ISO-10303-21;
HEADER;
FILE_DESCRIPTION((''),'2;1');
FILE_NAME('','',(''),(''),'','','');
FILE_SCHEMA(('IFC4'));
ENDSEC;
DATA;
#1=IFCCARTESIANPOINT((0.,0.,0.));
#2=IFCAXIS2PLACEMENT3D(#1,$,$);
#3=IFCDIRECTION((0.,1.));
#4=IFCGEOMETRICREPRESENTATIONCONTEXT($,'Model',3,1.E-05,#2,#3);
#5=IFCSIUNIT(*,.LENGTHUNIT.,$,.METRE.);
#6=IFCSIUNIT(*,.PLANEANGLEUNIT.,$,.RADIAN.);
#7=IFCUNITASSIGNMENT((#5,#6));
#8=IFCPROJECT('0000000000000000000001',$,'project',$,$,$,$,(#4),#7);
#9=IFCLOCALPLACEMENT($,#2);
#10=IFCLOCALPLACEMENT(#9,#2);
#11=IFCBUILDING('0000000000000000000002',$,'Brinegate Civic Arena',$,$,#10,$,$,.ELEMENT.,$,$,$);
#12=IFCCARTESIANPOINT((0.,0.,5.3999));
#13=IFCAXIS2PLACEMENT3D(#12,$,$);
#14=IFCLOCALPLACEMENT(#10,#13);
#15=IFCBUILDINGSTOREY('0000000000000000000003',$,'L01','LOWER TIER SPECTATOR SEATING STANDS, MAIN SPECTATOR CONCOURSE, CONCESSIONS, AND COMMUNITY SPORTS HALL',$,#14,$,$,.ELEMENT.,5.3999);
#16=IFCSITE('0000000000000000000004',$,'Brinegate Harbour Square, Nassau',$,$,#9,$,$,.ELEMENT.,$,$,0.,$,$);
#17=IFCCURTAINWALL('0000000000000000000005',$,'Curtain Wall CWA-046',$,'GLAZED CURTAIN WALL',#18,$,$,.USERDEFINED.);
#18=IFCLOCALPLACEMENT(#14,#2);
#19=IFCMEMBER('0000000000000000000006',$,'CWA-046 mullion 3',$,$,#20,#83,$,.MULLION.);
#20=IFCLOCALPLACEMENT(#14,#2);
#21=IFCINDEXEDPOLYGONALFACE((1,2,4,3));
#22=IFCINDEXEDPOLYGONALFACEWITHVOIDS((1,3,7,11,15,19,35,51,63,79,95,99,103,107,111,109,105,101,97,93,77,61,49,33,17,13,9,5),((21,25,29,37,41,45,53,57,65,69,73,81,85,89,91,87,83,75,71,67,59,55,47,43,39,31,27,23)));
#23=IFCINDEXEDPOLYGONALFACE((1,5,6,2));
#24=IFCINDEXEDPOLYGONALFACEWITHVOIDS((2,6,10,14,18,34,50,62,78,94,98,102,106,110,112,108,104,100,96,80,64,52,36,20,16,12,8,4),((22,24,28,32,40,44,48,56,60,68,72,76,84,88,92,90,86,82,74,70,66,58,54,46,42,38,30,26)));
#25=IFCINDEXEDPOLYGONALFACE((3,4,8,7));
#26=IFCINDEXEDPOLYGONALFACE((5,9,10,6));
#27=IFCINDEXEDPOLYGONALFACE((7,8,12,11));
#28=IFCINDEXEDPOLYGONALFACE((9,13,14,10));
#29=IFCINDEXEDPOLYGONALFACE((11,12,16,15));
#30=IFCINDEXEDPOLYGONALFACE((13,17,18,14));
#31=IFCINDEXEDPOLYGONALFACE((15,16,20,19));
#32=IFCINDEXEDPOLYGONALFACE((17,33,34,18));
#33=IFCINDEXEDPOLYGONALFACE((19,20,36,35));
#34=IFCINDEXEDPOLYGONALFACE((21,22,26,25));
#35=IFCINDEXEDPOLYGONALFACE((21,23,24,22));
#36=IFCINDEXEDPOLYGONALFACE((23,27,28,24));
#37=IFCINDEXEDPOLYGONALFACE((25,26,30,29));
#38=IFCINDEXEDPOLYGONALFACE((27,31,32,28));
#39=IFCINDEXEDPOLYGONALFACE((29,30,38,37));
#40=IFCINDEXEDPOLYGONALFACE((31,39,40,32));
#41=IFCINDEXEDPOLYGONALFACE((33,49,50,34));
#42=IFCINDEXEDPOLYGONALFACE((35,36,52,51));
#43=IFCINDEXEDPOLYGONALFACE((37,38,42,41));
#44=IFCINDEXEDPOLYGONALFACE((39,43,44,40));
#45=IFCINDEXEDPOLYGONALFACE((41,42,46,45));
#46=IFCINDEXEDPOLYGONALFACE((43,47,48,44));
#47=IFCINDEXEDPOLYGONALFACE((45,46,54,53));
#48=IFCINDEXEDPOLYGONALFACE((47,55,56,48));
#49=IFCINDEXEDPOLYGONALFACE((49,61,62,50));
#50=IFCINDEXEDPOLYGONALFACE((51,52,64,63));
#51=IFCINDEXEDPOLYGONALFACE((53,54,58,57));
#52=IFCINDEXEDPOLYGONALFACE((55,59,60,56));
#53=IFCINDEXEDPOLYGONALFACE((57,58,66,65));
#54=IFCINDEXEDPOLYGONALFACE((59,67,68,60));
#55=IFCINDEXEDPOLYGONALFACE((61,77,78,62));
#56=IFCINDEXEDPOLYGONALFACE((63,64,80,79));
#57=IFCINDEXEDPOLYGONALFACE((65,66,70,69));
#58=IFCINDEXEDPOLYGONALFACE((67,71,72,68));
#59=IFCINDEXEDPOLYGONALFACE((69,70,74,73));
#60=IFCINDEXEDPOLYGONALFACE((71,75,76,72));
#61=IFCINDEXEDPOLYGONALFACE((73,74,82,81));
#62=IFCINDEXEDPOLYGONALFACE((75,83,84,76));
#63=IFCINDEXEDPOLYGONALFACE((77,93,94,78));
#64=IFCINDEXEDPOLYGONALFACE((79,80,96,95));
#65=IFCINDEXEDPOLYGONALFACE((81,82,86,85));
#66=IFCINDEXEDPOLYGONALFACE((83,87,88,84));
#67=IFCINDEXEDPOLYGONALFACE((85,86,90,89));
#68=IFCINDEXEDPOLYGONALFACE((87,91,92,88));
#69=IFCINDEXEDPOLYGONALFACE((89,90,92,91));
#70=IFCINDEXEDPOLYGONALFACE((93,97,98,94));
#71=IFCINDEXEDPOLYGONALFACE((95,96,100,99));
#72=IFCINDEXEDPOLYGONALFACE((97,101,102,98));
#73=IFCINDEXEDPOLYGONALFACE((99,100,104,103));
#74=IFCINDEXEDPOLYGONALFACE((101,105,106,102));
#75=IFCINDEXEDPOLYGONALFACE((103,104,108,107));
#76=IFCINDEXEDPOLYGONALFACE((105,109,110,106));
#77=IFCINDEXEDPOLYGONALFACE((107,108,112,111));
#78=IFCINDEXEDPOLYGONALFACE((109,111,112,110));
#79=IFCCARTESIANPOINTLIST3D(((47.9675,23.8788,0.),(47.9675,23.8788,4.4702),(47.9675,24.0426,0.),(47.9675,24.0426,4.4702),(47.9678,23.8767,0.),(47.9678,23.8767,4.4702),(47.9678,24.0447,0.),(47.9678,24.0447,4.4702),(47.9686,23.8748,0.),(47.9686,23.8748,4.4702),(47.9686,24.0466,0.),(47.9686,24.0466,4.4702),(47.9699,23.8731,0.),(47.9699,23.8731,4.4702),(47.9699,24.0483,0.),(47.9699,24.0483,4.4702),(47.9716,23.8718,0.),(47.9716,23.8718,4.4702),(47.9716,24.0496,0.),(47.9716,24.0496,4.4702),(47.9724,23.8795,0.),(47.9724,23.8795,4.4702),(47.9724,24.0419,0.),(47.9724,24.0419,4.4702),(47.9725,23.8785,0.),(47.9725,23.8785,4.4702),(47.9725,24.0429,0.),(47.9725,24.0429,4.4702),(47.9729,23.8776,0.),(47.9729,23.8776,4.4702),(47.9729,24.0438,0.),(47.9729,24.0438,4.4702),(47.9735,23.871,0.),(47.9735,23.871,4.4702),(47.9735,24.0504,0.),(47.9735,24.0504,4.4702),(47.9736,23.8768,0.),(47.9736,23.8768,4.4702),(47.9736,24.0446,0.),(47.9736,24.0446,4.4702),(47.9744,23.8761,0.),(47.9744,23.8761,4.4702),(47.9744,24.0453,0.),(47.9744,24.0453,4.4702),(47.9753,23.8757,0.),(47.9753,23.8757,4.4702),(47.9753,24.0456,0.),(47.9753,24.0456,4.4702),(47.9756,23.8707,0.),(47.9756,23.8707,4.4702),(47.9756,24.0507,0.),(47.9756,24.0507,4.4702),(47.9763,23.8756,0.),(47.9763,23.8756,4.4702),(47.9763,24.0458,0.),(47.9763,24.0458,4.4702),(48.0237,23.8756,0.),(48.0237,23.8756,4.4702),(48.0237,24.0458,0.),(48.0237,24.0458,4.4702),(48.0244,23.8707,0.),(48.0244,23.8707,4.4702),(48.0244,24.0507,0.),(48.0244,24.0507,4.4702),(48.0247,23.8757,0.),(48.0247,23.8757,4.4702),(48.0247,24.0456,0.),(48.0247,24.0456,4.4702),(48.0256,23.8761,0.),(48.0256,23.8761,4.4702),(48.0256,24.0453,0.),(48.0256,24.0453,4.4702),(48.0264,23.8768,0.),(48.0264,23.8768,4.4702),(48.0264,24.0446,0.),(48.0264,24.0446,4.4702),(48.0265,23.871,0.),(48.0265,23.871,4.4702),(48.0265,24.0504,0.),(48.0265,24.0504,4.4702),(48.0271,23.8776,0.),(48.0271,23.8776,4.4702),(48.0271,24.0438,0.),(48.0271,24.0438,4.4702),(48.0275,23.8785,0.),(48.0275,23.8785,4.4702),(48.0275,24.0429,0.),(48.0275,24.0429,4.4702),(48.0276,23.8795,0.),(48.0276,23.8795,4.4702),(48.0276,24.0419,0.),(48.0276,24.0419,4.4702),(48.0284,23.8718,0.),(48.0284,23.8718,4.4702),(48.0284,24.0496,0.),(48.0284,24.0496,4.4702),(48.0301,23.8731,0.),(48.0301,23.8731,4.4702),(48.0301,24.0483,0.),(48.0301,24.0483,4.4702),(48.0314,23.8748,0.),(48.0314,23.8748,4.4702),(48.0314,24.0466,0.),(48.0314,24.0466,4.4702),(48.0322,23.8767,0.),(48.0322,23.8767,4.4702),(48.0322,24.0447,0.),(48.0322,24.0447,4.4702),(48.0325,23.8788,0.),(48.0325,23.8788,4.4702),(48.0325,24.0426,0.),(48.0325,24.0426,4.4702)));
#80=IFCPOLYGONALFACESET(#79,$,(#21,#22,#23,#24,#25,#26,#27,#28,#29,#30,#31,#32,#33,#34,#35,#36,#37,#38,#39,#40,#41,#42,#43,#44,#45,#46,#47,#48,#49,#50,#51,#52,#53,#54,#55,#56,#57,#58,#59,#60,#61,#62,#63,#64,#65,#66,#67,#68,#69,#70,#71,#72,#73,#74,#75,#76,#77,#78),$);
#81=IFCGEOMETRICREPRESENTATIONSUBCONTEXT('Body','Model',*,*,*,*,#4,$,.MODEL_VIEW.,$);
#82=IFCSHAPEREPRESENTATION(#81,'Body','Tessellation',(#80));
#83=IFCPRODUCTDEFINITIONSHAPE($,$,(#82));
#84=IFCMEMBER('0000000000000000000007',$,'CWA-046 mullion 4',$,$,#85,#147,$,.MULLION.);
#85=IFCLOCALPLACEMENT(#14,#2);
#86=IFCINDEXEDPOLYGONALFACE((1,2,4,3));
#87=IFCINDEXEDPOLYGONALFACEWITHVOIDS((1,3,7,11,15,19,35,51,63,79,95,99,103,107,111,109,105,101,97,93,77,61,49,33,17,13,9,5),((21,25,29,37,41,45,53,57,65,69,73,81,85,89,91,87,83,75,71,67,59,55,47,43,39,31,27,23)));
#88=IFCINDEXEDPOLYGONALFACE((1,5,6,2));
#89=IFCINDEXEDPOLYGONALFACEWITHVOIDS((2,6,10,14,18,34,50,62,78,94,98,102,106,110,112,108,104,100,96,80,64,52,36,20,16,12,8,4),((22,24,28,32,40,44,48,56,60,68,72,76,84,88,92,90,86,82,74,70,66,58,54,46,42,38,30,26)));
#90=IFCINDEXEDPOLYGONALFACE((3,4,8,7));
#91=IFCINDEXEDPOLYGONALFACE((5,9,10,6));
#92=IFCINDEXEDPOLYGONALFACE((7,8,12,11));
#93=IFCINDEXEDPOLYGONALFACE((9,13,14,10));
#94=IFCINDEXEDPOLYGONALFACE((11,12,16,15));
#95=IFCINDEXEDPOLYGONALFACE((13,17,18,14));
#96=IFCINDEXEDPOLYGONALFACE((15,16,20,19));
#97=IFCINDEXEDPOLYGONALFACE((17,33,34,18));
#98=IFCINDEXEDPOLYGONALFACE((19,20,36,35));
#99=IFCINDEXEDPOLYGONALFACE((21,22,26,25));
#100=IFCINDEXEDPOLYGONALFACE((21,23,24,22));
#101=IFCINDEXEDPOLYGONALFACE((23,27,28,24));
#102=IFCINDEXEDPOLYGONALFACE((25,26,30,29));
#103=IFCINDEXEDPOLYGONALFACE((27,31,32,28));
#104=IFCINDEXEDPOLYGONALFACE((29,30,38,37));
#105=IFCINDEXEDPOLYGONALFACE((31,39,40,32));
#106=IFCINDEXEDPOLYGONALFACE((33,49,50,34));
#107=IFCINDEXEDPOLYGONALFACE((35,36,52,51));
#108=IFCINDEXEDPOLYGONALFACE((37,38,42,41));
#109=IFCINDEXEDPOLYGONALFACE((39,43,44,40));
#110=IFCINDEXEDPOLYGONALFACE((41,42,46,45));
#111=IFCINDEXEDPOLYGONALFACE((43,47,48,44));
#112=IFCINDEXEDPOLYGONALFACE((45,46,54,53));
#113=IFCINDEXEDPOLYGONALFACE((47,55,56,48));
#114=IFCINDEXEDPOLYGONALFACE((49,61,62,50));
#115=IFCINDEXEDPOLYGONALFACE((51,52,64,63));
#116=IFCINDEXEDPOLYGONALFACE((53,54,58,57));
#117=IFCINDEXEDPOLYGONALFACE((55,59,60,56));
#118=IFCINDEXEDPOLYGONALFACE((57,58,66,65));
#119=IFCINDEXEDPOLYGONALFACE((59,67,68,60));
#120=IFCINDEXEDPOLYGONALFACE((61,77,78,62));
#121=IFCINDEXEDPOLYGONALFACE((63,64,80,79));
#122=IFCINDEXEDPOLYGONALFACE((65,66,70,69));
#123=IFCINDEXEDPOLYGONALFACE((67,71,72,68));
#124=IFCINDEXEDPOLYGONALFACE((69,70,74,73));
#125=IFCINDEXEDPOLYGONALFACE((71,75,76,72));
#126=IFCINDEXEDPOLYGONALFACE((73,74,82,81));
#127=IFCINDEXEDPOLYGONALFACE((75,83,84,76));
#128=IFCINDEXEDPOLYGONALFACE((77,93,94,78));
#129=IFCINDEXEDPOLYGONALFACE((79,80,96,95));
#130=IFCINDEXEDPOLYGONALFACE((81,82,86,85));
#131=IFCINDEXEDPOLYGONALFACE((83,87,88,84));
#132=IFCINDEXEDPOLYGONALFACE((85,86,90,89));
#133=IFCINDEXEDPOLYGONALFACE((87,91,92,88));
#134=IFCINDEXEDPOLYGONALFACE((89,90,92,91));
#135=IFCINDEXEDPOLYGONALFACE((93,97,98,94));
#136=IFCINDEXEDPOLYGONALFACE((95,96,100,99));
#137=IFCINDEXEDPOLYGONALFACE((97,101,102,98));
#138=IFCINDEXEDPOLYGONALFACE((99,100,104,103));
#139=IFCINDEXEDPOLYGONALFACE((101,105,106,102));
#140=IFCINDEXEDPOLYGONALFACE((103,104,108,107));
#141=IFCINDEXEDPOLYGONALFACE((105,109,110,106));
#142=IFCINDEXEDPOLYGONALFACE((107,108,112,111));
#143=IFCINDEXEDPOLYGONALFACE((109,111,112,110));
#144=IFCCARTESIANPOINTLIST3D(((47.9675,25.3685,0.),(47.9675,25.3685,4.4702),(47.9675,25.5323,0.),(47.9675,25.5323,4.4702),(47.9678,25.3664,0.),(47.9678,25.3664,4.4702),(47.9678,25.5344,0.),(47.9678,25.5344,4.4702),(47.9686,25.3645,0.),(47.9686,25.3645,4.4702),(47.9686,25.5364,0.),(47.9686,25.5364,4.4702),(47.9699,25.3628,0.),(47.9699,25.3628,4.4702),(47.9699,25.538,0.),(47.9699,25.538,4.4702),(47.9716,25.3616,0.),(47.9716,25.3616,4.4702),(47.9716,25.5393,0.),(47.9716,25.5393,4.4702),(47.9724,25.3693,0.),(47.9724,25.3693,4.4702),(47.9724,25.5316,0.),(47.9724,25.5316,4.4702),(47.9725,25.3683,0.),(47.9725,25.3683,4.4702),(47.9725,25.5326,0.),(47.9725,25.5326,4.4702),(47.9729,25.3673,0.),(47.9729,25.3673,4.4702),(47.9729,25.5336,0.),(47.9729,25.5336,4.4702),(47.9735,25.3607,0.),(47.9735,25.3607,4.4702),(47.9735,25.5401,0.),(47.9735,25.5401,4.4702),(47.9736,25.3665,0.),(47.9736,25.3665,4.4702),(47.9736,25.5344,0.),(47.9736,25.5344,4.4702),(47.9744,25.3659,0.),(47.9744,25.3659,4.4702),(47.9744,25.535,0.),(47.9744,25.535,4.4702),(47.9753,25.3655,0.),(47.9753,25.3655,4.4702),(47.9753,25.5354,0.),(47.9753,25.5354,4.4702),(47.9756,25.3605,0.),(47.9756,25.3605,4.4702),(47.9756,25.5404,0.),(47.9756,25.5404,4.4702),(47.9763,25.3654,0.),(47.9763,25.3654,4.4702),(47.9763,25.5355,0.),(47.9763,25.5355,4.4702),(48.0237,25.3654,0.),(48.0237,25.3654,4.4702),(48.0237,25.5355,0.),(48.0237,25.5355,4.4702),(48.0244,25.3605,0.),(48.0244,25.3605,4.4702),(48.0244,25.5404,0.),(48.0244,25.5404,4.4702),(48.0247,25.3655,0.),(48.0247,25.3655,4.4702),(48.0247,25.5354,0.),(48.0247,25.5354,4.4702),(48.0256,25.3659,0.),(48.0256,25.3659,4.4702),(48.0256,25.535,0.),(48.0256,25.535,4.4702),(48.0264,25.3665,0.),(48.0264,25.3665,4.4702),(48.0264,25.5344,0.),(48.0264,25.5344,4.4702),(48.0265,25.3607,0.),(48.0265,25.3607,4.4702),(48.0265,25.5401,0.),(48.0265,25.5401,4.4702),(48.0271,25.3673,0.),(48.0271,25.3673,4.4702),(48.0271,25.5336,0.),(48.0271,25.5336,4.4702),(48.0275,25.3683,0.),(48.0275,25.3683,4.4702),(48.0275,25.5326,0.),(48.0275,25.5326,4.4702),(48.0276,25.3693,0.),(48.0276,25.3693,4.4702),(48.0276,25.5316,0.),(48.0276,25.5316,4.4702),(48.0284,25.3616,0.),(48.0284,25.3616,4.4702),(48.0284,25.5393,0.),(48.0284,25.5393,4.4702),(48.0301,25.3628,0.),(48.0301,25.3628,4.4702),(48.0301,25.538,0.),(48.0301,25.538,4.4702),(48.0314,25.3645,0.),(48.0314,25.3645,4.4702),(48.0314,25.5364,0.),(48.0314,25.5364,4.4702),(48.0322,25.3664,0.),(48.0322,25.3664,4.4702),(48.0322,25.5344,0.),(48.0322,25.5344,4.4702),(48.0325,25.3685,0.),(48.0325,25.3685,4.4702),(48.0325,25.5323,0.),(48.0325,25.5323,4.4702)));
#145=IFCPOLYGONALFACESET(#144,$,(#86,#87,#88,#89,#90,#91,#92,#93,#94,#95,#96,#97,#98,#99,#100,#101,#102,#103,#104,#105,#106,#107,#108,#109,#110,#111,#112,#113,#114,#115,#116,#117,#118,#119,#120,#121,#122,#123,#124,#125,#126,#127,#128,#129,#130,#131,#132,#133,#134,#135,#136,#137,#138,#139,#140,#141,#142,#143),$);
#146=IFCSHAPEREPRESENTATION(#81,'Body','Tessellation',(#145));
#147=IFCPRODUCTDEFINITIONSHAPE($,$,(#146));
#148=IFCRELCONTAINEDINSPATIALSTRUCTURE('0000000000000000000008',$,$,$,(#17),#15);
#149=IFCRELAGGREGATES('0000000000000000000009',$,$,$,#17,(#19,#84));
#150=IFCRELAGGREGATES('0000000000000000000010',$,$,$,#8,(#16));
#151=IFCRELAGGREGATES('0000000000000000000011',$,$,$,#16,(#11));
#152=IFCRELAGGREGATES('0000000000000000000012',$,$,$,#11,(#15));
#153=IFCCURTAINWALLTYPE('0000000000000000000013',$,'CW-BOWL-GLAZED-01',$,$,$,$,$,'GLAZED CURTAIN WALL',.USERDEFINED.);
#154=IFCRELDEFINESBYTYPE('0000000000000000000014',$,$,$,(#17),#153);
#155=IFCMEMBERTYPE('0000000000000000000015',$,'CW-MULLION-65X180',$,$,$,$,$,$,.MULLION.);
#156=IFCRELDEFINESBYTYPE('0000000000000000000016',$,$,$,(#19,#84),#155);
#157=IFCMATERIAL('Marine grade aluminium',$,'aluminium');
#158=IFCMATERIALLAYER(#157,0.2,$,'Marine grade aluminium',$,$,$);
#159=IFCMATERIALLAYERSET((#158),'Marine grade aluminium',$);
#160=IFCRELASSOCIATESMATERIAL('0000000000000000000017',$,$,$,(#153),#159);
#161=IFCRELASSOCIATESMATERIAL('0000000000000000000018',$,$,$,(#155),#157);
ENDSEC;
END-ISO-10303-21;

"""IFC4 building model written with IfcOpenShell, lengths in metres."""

from ifc_helpers import new_model, si_unit, direction, frame, origin, origin_2d, place, context, subcontext, project, spatial, hollow_rectangle, extrude, material, layer, layer_set, material_profile, profile_set, type_object, element, aggregate, save


model = new_model("IFC4")

# Units and contexts
model_context = context("Model", 3, precision=1e-05, world=origin(), true_north=direction((0.0, 1.0)))
body_context = subcontext(model_context, "Body", "Model", "MODEL_VIEW")
ifc_project = project(units=[si_unit("LENGTHUNIT", "METRE"), si_unit("PLANEANGLEUNIT", "RADIAN")], contexts=[model_context])

# Site, building, storey
site_placement = place(None, origin())
site = spatial("IfcSite", under=ifc_project, at=site_placement, Name="Brinegate Harbour Square, Nassau", CompositionType="ELEMENT", RefElevation=0.0)
building_placement = place(site_placement, origin())
building = spatial("IfcBuilding", under=site, at=building_placement, Name="Brinegate Civic Arena", CompositionType="ELEMENT")
storey_placement = place(building_placement, frame((0.0, 0.0, 5.3999)))
storey = spatial("IfcBuildingStorey", under=building, at=storey_placement, Name="L01", Description="LOWER TIER SPECTATOR SEATING STANDS, MAIN SPECTATOR CONCOURSE, CONCESSIONS, AND COMMUNITY SPORTS HALL", CompositionType="ELEMENT", Elevation=5.3999)

# Curtain wall, members
ifc_material_1 = material(Name="Marine grade aluminium", Category="aluminium")
ifc_layer_1 = layer(ifc_material_1, 0.2, Name="Marine grade aluminium")
ifc_layer_set_1 = layer_set([ifc_layer_1], Name="Marine grade aluminium")
curtain_wall_type = type_object("IfcCurtainWallType", Name="CW-BOWL-GLAZED-01", ElementType="GLAZED CURTAIN WALL", PredefinedType="USERDEFINED", material=ifc_layer_set_1)
curtain_wall_placement = place(storey_placement, origin())
curtain_wall = element("IfcCurtainWall", 1, at=curtain_wall_placement, inside=storey, type_object=curtain_wall_type, Name="Curtain Wall CWA-046", ObjectType="GLAZED CURTAIN WALL", PredefinedType="USERDEFINED")
ifc_material_profile_1 = material_profile(ifc_material_1, hollow_rectangle(XDim=0.0649, YDim=0.1799, WallThickness=0.0049, InnerFilletRadius=0.0039, OuterFilletRadius=0.0081, at=origin_2d()), Name="MUL65X180")
ifc_profile_set_1 = profile_set([ifc_material_profile_1], Name="Marine grade aluminium")
member_type_1 = type_object("IfcMemberType", Name="CW-MULLION-65X180", PredefinedType="MULLION", material=ifc_profile_set_1)
member_1_placement = place(storey_placement, frame((48.0, 23.9607, 0.0), z_axis=(0.0, 0.0, 1.0), x_axis=(-1.0, 0.0, 0.0)))
member_1 = element("IfcMember", 2, at=member_1_placement, type_object=member_type_1, Name="CWA-046 mullion 3", PredefinedType="MULLION", context=body_context, shape_type="SweptSolid", body=[
    extrude(hollow_rectangle(XDim=0.0649, YDim=0.1799, WallThickness=0.0049, InnerFilletRadius=0.0039, OuterFilletRadius=0.0081, at=origin_2d()), origin(), (0.0, 0.0, 1.0), 4.4702),
])
member_2_placement = place(storey_placement, frame((48.0, 25.4504, 0.0), z_axis=(0.0, 0.0, 1.0), x_axis=(-1.0, 0.0, 0.0)))
member_2 = element("IfcMember", 3, at=member_2_placement, type_object=member_type_1, Name="CWA-046 mullion 4", PredefinedType="MULLION", context=body_context, shape_type="SweptSolid", body=[
    extrude(hollow_rectangle(XDim=0.0649, YDim=0.1799, WallThickness=0.0049, InnerFilletRadius=0.0039, OuterFilletRadius=0.0081, at=origin_2d()), origin(), (0.0, 0.0, 1.0), 4.4702),
])

aggregate(curtain_wall, [member_1, member_2])

save(model, "model.ifc")
